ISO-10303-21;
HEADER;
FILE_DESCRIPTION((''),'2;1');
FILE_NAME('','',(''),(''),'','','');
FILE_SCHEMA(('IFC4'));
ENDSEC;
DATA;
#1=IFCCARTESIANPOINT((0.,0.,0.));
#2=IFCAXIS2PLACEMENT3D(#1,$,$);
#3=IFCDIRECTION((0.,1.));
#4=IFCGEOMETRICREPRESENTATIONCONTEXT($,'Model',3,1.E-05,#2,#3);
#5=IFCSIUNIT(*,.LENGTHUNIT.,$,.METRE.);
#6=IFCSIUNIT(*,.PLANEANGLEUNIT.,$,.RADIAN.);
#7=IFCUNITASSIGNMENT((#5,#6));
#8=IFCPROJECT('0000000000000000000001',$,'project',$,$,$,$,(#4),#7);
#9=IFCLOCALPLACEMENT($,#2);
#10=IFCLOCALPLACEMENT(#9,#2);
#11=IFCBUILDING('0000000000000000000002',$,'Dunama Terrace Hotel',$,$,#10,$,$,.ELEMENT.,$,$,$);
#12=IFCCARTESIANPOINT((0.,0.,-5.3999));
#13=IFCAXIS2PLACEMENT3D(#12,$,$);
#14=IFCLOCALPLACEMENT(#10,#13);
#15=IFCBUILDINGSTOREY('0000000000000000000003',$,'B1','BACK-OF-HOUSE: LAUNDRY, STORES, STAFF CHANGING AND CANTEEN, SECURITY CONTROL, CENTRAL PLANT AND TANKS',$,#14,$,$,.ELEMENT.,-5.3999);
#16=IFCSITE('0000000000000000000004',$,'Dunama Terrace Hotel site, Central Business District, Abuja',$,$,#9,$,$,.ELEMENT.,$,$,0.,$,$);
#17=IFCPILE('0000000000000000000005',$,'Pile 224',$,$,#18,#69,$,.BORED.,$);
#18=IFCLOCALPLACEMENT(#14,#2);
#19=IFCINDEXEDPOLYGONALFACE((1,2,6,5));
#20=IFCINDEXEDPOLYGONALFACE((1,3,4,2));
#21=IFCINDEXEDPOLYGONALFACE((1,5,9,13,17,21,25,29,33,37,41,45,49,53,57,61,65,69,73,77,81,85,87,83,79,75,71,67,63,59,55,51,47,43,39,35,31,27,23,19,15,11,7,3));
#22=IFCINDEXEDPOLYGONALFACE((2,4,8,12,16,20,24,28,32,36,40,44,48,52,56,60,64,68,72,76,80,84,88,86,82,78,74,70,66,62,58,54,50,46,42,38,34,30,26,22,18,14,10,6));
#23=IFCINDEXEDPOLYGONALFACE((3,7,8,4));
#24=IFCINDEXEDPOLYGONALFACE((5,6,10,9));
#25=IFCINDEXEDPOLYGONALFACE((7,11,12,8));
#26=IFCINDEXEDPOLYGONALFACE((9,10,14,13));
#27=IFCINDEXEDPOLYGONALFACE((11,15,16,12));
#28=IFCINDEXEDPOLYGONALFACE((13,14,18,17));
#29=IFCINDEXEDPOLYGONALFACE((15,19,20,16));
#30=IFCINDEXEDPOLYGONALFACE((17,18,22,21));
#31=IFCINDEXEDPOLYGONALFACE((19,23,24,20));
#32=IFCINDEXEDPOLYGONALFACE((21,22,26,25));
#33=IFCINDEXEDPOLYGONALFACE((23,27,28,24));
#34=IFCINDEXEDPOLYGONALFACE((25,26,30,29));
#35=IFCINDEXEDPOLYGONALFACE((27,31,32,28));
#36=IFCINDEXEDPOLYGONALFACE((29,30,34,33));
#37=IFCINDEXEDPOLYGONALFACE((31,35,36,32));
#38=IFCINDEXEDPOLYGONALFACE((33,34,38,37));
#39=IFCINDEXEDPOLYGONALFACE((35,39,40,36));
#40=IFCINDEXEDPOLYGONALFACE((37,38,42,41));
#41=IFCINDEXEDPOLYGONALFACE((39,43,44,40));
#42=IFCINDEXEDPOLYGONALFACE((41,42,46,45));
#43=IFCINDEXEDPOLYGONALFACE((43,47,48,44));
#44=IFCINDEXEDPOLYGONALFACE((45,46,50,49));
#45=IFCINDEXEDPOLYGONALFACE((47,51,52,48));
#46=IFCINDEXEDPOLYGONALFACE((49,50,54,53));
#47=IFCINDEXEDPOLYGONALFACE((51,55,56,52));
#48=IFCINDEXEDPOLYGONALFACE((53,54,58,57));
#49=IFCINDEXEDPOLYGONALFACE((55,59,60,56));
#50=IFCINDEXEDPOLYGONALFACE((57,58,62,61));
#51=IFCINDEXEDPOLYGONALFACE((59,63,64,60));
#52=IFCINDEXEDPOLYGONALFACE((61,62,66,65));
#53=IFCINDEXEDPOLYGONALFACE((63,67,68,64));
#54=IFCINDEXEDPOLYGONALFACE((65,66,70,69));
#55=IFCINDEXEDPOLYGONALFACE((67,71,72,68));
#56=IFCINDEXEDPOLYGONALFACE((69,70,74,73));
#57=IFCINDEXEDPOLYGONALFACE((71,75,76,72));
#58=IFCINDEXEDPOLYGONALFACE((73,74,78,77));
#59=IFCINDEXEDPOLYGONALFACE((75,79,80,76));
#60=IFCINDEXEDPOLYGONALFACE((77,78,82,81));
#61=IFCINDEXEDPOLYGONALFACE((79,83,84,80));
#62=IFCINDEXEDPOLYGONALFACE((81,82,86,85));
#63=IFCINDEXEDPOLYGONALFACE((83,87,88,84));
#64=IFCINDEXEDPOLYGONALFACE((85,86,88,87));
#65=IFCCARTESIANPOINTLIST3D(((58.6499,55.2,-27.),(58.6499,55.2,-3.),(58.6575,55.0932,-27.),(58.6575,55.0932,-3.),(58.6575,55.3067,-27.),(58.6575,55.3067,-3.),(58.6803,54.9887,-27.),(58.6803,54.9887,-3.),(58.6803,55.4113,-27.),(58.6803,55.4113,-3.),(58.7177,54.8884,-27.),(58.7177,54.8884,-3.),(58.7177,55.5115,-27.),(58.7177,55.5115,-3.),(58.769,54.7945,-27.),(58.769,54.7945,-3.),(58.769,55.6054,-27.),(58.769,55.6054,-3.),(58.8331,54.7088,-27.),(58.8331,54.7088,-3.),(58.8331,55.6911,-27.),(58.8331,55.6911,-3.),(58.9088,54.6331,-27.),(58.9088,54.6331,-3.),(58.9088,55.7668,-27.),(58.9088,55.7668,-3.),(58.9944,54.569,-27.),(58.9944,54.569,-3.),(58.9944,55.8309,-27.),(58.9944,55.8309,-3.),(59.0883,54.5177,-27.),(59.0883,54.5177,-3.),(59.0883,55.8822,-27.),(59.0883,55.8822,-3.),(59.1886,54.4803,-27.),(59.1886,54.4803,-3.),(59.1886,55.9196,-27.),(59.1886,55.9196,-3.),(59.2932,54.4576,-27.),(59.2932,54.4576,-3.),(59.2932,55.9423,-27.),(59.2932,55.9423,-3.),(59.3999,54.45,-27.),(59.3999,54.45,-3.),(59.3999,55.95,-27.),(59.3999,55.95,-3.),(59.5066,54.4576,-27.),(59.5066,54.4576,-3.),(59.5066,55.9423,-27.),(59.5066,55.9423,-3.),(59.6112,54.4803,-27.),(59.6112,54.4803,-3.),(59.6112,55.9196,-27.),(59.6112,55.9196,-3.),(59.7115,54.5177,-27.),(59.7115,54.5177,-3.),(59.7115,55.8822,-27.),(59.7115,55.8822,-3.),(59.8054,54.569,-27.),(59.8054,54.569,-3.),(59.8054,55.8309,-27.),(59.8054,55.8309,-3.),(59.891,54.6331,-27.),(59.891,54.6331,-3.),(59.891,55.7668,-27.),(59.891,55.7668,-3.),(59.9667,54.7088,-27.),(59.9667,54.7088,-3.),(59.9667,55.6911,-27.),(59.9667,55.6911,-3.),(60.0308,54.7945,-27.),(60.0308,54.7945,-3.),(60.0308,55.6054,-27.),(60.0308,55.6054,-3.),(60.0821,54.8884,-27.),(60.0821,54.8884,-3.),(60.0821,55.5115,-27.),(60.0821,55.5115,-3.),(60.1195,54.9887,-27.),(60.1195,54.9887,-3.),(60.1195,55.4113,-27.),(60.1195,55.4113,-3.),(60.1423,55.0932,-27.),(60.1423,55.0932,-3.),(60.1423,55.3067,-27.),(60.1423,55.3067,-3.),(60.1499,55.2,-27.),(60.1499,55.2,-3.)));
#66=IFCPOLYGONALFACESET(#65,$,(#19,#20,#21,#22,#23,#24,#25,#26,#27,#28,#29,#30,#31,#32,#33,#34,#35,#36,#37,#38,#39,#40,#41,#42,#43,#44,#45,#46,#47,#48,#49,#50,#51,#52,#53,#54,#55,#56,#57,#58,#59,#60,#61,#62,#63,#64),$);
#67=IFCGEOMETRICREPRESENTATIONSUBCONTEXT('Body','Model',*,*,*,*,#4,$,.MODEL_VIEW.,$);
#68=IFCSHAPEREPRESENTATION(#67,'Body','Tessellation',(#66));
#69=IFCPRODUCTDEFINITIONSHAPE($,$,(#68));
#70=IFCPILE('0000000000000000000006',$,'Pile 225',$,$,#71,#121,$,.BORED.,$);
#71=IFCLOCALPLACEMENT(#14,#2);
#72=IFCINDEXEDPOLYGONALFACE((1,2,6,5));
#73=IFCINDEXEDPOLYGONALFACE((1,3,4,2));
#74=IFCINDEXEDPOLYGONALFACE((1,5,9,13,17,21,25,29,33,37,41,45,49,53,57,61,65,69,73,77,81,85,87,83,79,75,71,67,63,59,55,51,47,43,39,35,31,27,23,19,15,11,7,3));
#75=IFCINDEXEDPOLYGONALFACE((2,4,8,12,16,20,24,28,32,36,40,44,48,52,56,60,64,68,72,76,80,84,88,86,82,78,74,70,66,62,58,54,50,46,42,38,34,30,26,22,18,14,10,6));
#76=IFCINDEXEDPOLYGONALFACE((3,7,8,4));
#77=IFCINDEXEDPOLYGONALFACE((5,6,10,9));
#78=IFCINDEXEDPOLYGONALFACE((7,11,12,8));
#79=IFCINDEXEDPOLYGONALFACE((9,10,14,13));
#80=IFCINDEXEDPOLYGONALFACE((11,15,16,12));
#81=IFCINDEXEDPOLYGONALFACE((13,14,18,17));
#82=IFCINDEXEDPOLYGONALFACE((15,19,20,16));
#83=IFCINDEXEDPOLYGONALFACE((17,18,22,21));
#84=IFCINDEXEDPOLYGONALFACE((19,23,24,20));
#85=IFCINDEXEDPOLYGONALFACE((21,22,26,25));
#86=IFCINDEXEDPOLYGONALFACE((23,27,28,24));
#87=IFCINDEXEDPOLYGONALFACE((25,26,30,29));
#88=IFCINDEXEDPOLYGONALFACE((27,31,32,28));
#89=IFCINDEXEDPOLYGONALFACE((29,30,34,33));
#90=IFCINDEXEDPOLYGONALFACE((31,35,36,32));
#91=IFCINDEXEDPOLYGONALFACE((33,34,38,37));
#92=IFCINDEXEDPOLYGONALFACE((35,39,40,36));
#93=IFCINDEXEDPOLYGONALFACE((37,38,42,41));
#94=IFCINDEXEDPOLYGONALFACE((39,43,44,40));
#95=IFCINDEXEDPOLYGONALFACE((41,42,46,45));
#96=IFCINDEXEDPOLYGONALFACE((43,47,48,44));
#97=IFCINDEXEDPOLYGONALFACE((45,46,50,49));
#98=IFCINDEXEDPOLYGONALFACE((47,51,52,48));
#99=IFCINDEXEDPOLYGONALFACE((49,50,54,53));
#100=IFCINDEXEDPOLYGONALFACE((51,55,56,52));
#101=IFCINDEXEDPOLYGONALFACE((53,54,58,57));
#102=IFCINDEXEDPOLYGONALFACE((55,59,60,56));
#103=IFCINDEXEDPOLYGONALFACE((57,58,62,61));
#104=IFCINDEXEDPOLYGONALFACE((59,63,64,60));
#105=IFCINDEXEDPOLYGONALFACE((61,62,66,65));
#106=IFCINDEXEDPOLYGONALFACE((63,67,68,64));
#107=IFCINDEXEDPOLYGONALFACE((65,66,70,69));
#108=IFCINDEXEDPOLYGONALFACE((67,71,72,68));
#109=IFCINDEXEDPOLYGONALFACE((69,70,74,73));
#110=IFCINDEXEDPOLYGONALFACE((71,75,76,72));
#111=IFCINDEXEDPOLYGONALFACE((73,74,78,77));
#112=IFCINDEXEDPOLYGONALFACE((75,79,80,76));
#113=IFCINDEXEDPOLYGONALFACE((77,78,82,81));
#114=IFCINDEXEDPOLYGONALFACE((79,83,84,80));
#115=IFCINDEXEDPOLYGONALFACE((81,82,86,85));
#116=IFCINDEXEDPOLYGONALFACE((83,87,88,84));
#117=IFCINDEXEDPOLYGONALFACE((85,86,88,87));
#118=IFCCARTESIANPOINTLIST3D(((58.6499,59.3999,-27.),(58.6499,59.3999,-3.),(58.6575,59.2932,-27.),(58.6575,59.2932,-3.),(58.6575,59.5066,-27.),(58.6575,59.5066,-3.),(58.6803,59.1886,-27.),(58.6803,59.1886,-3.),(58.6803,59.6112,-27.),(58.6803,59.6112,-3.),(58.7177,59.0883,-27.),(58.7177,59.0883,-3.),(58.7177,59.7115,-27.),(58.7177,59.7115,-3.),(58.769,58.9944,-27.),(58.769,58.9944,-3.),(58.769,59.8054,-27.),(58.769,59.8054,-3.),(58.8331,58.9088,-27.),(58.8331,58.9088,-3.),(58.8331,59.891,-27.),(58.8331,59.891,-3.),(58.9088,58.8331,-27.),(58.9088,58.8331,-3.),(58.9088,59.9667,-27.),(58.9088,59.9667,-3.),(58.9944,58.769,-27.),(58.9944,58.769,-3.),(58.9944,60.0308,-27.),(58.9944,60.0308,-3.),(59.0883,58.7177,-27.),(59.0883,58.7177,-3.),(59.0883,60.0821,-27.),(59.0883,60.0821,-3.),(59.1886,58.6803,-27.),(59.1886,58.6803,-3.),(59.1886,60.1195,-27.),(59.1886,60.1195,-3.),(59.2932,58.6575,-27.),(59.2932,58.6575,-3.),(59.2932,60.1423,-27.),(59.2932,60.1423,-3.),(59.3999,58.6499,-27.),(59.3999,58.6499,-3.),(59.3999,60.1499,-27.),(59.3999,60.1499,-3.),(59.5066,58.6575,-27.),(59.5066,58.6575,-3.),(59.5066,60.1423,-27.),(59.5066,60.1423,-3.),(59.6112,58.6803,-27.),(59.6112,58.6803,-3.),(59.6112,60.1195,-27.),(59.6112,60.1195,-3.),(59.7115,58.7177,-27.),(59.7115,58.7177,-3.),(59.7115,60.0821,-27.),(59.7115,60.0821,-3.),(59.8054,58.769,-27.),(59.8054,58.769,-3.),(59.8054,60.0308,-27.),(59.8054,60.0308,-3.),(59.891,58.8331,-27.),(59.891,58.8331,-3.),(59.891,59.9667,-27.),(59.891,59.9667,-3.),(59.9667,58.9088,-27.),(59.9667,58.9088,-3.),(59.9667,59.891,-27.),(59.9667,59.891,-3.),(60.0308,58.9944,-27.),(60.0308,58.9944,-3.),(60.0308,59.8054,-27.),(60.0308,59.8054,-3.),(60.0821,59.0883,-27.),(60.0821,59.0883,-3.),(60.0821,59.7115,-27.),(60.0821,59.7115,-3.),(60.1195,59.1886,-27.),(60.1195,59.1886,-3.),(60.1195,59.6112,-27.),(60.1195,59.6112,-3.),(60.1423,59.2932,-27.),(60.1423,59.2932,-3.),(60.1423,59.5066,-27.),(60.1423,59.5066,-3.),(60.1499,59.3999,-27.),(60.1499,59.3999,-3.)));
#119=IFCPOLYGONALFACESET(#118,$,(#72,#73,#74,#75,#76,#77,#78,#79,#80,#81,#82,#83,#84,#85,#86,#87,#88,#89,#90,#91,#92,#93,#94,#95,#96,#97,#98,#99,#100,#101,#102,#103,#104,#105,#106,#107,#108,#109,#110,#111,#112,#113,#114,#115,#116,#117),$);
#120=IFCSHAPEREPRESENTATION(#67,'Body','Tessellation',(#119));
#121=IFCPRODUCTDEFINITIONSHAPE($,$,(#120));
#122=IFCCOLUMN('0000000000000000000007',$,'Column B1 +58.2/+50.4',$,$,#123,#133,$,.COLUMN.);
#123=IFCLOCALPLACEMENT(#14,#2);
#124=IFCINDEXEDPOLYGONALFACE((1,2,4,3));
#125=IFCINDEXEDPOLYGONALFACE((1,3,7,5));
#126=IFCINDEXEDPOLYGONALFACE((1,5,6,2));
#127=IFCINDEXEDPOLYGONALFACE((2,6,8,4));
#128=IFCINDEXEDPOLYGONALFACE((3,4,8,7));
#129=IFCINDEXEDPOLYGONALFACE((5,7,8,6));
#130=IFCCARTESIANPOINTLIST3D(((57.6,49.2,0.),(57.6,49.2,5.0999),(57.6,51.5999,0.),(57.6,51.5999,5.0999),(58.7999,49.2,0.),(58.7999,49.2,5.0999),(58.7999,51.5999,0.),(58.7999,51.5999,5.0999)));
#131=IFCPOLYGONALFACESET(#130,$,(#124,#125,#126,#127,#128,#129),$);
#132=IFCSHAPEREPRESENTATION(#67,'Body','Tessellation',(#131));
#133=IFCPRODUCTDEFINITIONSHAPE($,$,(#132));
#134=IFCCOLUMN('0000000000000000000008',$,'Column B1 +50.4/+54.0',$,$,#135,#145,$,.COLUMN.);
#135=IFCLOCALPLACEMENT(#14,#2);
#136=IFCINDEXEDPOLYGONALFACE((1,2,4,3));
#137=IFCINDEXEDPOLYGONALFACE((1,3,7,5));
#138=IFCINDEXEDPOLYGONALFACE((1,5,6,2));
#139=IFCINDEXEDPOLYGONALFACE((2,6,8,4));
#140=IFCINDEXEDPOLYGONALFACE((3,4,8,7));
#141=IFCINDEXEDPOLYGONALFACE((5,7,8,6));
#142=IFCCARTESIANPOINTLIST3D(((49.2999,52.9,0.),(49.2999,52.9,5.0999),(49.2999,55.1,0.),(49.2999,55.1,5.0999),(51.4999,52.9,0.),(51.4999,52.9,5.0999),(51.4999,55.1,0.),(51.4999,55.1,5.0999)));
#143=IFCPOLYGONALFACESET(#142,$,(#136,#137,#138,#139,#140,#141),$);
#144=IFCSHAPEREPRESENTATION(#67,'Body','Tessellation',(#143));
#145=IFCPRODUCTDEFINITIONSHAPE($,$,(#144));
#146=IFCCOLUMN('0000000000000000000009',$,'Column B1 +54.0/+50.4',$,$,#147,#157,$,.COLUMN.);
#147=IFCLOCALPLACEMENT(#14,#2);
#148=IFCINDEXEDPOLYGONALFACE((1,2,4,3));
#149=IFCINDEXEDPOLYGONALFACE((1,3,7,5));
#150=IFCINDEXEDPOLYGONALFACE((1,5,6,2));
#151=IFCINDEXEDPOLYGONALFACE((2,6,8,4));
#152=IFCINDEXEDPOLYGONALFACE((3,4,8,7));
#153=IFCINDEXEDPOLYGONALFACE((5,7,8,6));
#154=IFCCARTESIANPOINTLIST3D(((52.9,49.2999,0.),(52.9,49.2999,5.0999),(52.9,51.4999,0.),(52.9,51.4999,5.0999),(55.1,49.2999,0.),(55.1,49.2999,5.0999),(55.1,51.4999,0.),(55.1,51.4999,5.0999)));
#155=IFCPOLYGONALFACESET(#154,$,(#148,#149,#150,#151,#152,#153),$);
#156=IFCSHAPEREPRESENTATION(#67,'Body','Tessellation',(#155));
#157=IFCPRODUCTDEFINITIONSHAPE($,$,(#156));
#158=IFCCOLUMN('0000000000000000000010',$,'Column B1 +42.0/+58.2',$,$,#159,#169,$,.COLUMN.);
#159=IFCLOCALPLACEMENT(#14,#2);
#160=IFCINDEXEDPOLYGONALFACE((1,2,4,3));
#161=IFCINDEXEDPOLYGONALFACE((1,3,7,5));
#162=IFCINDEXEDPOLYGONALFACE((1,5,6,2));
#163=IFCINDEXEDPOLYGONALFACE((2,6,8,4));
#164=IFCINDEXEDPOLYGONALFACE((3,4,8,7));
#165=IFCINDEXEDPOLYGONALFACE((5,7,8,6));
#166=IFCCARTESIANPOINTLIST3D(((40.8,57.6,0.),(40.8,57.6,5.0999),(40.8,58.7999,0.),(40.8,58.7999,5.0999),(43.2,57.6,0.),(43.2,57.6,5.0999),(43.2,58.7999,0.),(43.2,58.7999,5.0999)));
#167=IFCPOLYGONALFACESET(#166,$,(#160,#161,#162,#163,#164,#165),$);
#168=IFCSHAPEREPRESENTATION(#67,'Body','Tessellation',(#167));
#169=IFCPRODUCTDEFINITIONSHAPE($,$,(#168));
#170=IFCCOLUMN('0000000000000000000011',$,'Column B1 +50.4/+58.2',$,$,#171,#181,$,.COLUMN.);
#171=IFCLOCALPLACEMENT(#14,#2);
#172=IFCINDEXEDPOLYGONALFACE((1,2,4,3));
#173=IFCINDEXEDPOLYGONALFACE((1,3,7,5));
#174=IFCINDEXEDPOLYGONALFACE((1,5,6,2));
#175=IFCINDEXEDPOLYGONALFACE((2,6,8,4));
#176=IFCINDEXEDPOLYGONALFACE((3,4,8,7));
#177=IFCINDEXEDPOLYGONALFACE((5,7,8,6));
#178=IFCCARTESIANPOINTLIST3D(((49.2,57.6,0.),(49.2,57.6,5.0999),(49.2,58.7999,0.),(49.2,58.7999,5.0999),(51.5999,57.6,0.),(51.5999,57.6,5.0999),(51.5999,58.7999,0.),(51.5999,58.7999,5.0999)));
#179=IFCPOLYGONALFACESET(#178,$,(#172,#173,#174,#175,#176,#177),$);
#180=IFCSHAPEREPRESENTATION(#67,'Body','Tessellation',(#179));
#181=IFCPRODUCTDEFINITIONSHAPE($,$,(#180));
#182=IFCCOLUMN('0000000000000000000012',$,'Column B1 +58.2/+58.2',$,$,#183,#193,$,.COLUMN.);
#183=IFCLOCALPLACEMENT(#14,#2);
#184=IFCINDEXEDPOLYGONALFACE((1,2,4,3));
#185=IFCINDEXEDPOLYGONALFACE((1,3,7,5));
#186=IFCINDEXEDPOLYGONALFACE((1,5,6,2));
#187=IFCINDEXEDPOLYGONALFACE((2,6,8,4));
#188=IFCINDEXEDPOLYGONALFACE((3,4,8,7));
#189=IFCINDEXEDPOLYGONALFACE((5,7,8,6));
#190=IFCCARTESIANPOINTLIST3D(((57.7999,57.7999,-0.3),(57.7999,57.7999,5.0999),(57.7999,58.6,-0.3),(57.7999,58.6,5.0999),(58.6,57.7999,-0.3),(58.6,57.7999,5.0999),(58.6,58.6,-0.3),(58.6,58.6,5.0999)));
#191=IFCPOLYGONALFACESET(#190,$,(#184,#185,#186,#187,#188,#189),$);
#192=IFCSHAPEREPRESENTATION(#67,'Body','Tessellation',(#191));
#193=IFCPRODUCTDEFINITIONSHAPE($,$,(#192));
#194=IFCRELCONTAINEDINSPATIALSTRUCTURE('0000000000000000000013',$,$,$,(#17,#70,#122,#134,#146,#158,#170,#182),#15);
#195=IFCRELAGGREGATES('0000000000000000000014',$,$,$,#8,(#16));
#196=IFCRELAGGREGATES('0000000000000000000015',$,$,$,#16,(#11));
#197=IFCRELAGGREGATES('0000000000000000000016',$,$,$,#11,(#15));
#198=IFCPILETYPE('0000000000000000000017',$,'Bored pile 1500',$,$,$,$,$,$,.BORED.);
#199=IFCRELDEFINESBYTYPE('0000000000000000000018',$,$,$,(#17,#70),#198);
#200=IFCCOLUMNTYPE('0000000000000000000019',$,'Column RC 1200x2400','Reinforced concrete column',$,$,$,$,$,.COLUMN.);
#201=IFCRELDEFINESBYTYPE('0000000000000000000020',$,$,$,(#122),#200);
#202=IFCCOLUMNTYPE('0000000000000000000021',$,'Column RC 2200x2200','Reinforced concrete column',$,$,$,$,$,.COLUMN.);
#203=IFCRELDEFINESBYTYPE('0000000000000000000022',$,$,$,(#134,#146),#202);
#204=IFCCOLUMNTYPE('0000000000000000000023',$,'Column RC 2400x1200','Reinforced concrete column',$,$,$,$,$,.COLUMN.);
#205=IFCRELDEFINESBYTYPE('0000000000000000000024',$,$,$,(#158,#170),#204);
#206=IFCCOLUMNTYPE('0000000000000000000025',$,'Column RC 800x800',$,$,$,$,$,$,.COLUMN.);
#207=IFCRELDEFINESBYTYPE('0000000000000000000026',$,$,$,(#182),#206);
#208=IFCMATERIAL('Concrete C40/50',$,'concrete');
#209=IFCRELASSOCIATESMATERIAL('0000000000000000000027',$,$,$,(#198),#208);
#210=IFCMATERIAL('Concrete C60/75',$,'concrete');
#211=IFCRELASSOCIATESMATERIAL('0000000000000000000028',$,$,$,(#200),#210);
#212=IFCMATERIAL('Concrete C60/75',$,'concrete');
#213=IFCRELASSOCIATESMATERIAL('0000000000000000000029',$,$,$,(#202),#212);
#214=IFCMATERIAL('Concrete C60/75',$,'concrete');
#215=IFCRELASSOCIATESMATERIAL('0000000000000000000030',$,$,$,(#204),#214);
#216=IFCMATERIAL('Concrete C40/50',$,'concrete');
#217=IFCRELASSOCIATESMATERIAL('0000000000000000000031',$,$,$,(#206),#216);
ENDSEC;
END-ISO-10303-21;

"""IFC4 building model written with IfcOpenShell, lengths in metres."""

from ifc_helpers import new_model, si_unit, direction, frame, origin, origin_2d, place, context, subcontext, project, spatial, rectangle, circle, extrude, material, material_profile, profile_set, type_object, element, save


model = new_model("IFC4")

# Units and contexts
model_context = context("Model", 3, precision=1e-05, world=origin(), true_north=direction((0.0, 1.0)))
body_context = subcontext(model_context, "Body", "Model", "MODEL_VIEW")
ifc_project = project(units=[si_unit("LENGTHUNIT", "METRE"), si_unit("PLANEANGLEUNIT", "RADIAN")], contexts=[model_context])

# Site, building, storey
site_placement = place(None, origin())
site = spatial("IfcSite", under=ifc_project, at=site_placement, Name="Dunama Terrace Hotel site, Central Business District, Abuja", CompositionType="ELEMENT", RefElevation=0.0)
building_placement = place(site_placement, origin())
building = spatial("IfcBuilding", under=site, at=building_placement, Name="Dunama Terrace Hotel", CompositionType="ELEMENT")
storey_placement = place(building_placement, frame((0.0, 0.0, -5.3999)))
storey = spatial("IfcBuildingStorey", under=building, at=storey_placement, Name="B1", Description="BACK-OF-HOUSE: LAUNDRY, STORES, STAFF CHANGING AND CANTEEN, SECURITY CONTROL, CENTRAL PLANT AND TANKS", CompositionType="ELEMENT", Elevation=-5.3999)

# Piles
ifc_material_1 = material(Name="Concrete C40/50", Category="concrete")
ifc_material_profile_1 = material_profile(ifc_material_1, circle(Radius=0.75, at=origin_2d()), Name="PILE D1500")
ifc_profile_set_1 = profile_set([ifc_material_profile_1], Name="Concrete C40/50")
pile_type = type_object("IfcPileType", Name="Bored pile 1500", PredefinedType="BORED", material=ifc_profile_set_1)
for number, where, z_axis, x_axis, name in (
    (1, (59.3999, 55.2, -3.0), (0.0, 0.0, -1.0), (1.0, 0.0, 0.0), "Pile 224"),
    (2, (59.3999, 59.3999, -3.0), (0.0, 0.0, -1.0), (1.0, 0.0, 0.0), "Pile 225"),
):
    element("IfcPile", number, at=place(storey_placement, frame(where, z_axis=z_axis, x_axis=x_axis)), inside=storey, type_object=pile_type, Name=name, PredefinedType="BORED", context=body_context, shape_type="SweptSolid", body=[
        extrude(circle(Radius=0.75, at=origin_2d()), origin(), (0.0, 0.0, 1.0), 24.0),
    ])

# Columns
ifc_material_2 = material(Name="Concrete C60/75", Category="concrete")
ifc_material_profile_2 = material_profile(ifc_material_2, rectangle(XDim=1.2, YDim=2.3999, at=origin_2d()), Name="RC 1200x2400")
ifc_profile_set_2 = profile_set([ifc_material_profile_2], Name="Concrete C60/75")
column_type_1 = type_object("IfcColumnType", Name="Column RC 1200x2400", Description="Reinforced concrete column", PredefinedType="COLUMN", material=ifc_profile_set_2)
column_1_placement = place(storey_placement, frame((58.2, 50.3999, 0.0), z_axis=(0.0, 0.0, 1.0), x_axis=(1.0, 0.0, 0.0)))
element("IfcColumn", 3, at=column_1_placement, inside=storey, type_object=column_type_1, Name="Column B1 +58.2/+50.4", PredefinedType="COLUMN", context=body_context, shape_type="SweptSolid", body=[
    extrude(rectangle(XDim=1.2, YDim=2.3999, at=origin_2d()), origin(), (0.0, 0.0, 1.0), 5.0999),
])
ifc_material_3 = material(Name="Concrete C60/75", Category="concrete")
ifc_material_profile_3 = material_profile(ifc_material_3, rectangle(XDim=2.2, YDim=2.2, at=origin_2d()), Name="RC 2200x2200")
ifc_profile_set_3 = profile_set([ifc_material_profile_3], Name="Concrete C60/75")
column_type_2 = type_object("IfcColumnType", Name="Column RC 2200x2200", Description="Reinforced concrete column", PredefinedType="COLUMN", material=ifc_profile_set_3)
for number, where, z_axis, x_axis, name in (
    (4, (50.3999, 54.0, 0.0), (0.0, 0.0, 1.0), (1.0, 0.0, 0.0), "Column B1 +50.4/+54.0"),
    (5, (54.0, 50.3999, 0.0), (0.0, 0.0, 1.0), (1.0, 0.0, 0.0), "Column B1 +54.0/+50.4"),
):
    element("IfcColumn", number, at=place(storey_placement, frame(where, z_axis=z_axis, x_axis=x_axis)), inside=storey, type_object=column_type_2, Name=name, PredefinedType="COLUMN", context=body_context, shape_type="SweptSolid", body=[
        extrude(rectangle(XDim=2.2, YDim=2.2, at=origin_2d()), origin(), (0.0, 0.0, 1.0), 5.0999),
    ])
ifc_material_4 = material(Name="Concrete C60/75", Category="concrete")
ifc_material_profile_4 = material_profile(ifc_material_4, rectangle(XDim=2.3999, YDim=1.2, at=origin_2d()), Name="RC 2400x1200")
ifc_profile_set_4 = profile_set([ifc_material_profile_4], Name="Concrete C60/75")
column_type_3 = type_object("IfcColumnType", Name="Column RC 2400x1200", Description="Reinforced concrete column", PredefinedType="COLUMN", material=ifc_profile_set_4)
for number, where, z_axis, x_axis, name in (
    (6, (42.0, 58.2, 0.0), (0.0, 0.0, 1.0), (1.0, 0.0, 0.0), "Column B1 +42.0/+58.2"),
    (7, (50.3999, 58.2, 0.0), (0.0, 0.0, 1.0), (1.0, 0.0, 0.0), "Column B1 +50.4/+58.2"),
):
    element("IfcColumn", number, at=place(storey_placement, frame(where, z_axis=z_axis, x_axis=x_axis)), inside=storey, type_object=column_type_3, Name=name, PredefinedType="COLUMN", context=body_context, shape_type="SweptSolid", body=[
        extrude(rectangle(XDim=2.3999, YDim=1.2, at=origin_2d()), origin(), (0.0, 0.0, 1.0), 5.0999),
    ])
ifc_material_5 = material(Name="Concrete C40/50", Category="concrete")
ifc_material_profile_5 = material_profile(ifc_material_5, rectangle(XDim=0.8, YDim=0.8, at=origin_2d()), Name="RC 800x800")
ifc_profile_set_5 = profile_set([ifc_material_profile_5], Name="Concrete C40/50")
column_type_4 = type_object("IfcColumnType", Name="Column RC 800x800", PredefinedType="COLUMN", material=ifc_profile_set_5)
column_2_placement = place(storey_placement, frame((58.2, 58.2, -0.3), z_axis=(0.0, 0.0, 1.0), x_axis=(1.0, 0.0, 0.0)))
element("IfcColumn", 8, at=column_2_placement, inside=storey, type_object=column_type_4, Name="Column B1 +58.2/+58.2", PredefinedType="COLUMN", context=body_context, shape_type="SweptSolid", body=[
    extrude(rectangle(XDim=0.8, YDim=0.8, at=origin_2d()), origin(), (0.0, 0.0, 1.0), 5.3999),
])

save(model, "model.ifc")
